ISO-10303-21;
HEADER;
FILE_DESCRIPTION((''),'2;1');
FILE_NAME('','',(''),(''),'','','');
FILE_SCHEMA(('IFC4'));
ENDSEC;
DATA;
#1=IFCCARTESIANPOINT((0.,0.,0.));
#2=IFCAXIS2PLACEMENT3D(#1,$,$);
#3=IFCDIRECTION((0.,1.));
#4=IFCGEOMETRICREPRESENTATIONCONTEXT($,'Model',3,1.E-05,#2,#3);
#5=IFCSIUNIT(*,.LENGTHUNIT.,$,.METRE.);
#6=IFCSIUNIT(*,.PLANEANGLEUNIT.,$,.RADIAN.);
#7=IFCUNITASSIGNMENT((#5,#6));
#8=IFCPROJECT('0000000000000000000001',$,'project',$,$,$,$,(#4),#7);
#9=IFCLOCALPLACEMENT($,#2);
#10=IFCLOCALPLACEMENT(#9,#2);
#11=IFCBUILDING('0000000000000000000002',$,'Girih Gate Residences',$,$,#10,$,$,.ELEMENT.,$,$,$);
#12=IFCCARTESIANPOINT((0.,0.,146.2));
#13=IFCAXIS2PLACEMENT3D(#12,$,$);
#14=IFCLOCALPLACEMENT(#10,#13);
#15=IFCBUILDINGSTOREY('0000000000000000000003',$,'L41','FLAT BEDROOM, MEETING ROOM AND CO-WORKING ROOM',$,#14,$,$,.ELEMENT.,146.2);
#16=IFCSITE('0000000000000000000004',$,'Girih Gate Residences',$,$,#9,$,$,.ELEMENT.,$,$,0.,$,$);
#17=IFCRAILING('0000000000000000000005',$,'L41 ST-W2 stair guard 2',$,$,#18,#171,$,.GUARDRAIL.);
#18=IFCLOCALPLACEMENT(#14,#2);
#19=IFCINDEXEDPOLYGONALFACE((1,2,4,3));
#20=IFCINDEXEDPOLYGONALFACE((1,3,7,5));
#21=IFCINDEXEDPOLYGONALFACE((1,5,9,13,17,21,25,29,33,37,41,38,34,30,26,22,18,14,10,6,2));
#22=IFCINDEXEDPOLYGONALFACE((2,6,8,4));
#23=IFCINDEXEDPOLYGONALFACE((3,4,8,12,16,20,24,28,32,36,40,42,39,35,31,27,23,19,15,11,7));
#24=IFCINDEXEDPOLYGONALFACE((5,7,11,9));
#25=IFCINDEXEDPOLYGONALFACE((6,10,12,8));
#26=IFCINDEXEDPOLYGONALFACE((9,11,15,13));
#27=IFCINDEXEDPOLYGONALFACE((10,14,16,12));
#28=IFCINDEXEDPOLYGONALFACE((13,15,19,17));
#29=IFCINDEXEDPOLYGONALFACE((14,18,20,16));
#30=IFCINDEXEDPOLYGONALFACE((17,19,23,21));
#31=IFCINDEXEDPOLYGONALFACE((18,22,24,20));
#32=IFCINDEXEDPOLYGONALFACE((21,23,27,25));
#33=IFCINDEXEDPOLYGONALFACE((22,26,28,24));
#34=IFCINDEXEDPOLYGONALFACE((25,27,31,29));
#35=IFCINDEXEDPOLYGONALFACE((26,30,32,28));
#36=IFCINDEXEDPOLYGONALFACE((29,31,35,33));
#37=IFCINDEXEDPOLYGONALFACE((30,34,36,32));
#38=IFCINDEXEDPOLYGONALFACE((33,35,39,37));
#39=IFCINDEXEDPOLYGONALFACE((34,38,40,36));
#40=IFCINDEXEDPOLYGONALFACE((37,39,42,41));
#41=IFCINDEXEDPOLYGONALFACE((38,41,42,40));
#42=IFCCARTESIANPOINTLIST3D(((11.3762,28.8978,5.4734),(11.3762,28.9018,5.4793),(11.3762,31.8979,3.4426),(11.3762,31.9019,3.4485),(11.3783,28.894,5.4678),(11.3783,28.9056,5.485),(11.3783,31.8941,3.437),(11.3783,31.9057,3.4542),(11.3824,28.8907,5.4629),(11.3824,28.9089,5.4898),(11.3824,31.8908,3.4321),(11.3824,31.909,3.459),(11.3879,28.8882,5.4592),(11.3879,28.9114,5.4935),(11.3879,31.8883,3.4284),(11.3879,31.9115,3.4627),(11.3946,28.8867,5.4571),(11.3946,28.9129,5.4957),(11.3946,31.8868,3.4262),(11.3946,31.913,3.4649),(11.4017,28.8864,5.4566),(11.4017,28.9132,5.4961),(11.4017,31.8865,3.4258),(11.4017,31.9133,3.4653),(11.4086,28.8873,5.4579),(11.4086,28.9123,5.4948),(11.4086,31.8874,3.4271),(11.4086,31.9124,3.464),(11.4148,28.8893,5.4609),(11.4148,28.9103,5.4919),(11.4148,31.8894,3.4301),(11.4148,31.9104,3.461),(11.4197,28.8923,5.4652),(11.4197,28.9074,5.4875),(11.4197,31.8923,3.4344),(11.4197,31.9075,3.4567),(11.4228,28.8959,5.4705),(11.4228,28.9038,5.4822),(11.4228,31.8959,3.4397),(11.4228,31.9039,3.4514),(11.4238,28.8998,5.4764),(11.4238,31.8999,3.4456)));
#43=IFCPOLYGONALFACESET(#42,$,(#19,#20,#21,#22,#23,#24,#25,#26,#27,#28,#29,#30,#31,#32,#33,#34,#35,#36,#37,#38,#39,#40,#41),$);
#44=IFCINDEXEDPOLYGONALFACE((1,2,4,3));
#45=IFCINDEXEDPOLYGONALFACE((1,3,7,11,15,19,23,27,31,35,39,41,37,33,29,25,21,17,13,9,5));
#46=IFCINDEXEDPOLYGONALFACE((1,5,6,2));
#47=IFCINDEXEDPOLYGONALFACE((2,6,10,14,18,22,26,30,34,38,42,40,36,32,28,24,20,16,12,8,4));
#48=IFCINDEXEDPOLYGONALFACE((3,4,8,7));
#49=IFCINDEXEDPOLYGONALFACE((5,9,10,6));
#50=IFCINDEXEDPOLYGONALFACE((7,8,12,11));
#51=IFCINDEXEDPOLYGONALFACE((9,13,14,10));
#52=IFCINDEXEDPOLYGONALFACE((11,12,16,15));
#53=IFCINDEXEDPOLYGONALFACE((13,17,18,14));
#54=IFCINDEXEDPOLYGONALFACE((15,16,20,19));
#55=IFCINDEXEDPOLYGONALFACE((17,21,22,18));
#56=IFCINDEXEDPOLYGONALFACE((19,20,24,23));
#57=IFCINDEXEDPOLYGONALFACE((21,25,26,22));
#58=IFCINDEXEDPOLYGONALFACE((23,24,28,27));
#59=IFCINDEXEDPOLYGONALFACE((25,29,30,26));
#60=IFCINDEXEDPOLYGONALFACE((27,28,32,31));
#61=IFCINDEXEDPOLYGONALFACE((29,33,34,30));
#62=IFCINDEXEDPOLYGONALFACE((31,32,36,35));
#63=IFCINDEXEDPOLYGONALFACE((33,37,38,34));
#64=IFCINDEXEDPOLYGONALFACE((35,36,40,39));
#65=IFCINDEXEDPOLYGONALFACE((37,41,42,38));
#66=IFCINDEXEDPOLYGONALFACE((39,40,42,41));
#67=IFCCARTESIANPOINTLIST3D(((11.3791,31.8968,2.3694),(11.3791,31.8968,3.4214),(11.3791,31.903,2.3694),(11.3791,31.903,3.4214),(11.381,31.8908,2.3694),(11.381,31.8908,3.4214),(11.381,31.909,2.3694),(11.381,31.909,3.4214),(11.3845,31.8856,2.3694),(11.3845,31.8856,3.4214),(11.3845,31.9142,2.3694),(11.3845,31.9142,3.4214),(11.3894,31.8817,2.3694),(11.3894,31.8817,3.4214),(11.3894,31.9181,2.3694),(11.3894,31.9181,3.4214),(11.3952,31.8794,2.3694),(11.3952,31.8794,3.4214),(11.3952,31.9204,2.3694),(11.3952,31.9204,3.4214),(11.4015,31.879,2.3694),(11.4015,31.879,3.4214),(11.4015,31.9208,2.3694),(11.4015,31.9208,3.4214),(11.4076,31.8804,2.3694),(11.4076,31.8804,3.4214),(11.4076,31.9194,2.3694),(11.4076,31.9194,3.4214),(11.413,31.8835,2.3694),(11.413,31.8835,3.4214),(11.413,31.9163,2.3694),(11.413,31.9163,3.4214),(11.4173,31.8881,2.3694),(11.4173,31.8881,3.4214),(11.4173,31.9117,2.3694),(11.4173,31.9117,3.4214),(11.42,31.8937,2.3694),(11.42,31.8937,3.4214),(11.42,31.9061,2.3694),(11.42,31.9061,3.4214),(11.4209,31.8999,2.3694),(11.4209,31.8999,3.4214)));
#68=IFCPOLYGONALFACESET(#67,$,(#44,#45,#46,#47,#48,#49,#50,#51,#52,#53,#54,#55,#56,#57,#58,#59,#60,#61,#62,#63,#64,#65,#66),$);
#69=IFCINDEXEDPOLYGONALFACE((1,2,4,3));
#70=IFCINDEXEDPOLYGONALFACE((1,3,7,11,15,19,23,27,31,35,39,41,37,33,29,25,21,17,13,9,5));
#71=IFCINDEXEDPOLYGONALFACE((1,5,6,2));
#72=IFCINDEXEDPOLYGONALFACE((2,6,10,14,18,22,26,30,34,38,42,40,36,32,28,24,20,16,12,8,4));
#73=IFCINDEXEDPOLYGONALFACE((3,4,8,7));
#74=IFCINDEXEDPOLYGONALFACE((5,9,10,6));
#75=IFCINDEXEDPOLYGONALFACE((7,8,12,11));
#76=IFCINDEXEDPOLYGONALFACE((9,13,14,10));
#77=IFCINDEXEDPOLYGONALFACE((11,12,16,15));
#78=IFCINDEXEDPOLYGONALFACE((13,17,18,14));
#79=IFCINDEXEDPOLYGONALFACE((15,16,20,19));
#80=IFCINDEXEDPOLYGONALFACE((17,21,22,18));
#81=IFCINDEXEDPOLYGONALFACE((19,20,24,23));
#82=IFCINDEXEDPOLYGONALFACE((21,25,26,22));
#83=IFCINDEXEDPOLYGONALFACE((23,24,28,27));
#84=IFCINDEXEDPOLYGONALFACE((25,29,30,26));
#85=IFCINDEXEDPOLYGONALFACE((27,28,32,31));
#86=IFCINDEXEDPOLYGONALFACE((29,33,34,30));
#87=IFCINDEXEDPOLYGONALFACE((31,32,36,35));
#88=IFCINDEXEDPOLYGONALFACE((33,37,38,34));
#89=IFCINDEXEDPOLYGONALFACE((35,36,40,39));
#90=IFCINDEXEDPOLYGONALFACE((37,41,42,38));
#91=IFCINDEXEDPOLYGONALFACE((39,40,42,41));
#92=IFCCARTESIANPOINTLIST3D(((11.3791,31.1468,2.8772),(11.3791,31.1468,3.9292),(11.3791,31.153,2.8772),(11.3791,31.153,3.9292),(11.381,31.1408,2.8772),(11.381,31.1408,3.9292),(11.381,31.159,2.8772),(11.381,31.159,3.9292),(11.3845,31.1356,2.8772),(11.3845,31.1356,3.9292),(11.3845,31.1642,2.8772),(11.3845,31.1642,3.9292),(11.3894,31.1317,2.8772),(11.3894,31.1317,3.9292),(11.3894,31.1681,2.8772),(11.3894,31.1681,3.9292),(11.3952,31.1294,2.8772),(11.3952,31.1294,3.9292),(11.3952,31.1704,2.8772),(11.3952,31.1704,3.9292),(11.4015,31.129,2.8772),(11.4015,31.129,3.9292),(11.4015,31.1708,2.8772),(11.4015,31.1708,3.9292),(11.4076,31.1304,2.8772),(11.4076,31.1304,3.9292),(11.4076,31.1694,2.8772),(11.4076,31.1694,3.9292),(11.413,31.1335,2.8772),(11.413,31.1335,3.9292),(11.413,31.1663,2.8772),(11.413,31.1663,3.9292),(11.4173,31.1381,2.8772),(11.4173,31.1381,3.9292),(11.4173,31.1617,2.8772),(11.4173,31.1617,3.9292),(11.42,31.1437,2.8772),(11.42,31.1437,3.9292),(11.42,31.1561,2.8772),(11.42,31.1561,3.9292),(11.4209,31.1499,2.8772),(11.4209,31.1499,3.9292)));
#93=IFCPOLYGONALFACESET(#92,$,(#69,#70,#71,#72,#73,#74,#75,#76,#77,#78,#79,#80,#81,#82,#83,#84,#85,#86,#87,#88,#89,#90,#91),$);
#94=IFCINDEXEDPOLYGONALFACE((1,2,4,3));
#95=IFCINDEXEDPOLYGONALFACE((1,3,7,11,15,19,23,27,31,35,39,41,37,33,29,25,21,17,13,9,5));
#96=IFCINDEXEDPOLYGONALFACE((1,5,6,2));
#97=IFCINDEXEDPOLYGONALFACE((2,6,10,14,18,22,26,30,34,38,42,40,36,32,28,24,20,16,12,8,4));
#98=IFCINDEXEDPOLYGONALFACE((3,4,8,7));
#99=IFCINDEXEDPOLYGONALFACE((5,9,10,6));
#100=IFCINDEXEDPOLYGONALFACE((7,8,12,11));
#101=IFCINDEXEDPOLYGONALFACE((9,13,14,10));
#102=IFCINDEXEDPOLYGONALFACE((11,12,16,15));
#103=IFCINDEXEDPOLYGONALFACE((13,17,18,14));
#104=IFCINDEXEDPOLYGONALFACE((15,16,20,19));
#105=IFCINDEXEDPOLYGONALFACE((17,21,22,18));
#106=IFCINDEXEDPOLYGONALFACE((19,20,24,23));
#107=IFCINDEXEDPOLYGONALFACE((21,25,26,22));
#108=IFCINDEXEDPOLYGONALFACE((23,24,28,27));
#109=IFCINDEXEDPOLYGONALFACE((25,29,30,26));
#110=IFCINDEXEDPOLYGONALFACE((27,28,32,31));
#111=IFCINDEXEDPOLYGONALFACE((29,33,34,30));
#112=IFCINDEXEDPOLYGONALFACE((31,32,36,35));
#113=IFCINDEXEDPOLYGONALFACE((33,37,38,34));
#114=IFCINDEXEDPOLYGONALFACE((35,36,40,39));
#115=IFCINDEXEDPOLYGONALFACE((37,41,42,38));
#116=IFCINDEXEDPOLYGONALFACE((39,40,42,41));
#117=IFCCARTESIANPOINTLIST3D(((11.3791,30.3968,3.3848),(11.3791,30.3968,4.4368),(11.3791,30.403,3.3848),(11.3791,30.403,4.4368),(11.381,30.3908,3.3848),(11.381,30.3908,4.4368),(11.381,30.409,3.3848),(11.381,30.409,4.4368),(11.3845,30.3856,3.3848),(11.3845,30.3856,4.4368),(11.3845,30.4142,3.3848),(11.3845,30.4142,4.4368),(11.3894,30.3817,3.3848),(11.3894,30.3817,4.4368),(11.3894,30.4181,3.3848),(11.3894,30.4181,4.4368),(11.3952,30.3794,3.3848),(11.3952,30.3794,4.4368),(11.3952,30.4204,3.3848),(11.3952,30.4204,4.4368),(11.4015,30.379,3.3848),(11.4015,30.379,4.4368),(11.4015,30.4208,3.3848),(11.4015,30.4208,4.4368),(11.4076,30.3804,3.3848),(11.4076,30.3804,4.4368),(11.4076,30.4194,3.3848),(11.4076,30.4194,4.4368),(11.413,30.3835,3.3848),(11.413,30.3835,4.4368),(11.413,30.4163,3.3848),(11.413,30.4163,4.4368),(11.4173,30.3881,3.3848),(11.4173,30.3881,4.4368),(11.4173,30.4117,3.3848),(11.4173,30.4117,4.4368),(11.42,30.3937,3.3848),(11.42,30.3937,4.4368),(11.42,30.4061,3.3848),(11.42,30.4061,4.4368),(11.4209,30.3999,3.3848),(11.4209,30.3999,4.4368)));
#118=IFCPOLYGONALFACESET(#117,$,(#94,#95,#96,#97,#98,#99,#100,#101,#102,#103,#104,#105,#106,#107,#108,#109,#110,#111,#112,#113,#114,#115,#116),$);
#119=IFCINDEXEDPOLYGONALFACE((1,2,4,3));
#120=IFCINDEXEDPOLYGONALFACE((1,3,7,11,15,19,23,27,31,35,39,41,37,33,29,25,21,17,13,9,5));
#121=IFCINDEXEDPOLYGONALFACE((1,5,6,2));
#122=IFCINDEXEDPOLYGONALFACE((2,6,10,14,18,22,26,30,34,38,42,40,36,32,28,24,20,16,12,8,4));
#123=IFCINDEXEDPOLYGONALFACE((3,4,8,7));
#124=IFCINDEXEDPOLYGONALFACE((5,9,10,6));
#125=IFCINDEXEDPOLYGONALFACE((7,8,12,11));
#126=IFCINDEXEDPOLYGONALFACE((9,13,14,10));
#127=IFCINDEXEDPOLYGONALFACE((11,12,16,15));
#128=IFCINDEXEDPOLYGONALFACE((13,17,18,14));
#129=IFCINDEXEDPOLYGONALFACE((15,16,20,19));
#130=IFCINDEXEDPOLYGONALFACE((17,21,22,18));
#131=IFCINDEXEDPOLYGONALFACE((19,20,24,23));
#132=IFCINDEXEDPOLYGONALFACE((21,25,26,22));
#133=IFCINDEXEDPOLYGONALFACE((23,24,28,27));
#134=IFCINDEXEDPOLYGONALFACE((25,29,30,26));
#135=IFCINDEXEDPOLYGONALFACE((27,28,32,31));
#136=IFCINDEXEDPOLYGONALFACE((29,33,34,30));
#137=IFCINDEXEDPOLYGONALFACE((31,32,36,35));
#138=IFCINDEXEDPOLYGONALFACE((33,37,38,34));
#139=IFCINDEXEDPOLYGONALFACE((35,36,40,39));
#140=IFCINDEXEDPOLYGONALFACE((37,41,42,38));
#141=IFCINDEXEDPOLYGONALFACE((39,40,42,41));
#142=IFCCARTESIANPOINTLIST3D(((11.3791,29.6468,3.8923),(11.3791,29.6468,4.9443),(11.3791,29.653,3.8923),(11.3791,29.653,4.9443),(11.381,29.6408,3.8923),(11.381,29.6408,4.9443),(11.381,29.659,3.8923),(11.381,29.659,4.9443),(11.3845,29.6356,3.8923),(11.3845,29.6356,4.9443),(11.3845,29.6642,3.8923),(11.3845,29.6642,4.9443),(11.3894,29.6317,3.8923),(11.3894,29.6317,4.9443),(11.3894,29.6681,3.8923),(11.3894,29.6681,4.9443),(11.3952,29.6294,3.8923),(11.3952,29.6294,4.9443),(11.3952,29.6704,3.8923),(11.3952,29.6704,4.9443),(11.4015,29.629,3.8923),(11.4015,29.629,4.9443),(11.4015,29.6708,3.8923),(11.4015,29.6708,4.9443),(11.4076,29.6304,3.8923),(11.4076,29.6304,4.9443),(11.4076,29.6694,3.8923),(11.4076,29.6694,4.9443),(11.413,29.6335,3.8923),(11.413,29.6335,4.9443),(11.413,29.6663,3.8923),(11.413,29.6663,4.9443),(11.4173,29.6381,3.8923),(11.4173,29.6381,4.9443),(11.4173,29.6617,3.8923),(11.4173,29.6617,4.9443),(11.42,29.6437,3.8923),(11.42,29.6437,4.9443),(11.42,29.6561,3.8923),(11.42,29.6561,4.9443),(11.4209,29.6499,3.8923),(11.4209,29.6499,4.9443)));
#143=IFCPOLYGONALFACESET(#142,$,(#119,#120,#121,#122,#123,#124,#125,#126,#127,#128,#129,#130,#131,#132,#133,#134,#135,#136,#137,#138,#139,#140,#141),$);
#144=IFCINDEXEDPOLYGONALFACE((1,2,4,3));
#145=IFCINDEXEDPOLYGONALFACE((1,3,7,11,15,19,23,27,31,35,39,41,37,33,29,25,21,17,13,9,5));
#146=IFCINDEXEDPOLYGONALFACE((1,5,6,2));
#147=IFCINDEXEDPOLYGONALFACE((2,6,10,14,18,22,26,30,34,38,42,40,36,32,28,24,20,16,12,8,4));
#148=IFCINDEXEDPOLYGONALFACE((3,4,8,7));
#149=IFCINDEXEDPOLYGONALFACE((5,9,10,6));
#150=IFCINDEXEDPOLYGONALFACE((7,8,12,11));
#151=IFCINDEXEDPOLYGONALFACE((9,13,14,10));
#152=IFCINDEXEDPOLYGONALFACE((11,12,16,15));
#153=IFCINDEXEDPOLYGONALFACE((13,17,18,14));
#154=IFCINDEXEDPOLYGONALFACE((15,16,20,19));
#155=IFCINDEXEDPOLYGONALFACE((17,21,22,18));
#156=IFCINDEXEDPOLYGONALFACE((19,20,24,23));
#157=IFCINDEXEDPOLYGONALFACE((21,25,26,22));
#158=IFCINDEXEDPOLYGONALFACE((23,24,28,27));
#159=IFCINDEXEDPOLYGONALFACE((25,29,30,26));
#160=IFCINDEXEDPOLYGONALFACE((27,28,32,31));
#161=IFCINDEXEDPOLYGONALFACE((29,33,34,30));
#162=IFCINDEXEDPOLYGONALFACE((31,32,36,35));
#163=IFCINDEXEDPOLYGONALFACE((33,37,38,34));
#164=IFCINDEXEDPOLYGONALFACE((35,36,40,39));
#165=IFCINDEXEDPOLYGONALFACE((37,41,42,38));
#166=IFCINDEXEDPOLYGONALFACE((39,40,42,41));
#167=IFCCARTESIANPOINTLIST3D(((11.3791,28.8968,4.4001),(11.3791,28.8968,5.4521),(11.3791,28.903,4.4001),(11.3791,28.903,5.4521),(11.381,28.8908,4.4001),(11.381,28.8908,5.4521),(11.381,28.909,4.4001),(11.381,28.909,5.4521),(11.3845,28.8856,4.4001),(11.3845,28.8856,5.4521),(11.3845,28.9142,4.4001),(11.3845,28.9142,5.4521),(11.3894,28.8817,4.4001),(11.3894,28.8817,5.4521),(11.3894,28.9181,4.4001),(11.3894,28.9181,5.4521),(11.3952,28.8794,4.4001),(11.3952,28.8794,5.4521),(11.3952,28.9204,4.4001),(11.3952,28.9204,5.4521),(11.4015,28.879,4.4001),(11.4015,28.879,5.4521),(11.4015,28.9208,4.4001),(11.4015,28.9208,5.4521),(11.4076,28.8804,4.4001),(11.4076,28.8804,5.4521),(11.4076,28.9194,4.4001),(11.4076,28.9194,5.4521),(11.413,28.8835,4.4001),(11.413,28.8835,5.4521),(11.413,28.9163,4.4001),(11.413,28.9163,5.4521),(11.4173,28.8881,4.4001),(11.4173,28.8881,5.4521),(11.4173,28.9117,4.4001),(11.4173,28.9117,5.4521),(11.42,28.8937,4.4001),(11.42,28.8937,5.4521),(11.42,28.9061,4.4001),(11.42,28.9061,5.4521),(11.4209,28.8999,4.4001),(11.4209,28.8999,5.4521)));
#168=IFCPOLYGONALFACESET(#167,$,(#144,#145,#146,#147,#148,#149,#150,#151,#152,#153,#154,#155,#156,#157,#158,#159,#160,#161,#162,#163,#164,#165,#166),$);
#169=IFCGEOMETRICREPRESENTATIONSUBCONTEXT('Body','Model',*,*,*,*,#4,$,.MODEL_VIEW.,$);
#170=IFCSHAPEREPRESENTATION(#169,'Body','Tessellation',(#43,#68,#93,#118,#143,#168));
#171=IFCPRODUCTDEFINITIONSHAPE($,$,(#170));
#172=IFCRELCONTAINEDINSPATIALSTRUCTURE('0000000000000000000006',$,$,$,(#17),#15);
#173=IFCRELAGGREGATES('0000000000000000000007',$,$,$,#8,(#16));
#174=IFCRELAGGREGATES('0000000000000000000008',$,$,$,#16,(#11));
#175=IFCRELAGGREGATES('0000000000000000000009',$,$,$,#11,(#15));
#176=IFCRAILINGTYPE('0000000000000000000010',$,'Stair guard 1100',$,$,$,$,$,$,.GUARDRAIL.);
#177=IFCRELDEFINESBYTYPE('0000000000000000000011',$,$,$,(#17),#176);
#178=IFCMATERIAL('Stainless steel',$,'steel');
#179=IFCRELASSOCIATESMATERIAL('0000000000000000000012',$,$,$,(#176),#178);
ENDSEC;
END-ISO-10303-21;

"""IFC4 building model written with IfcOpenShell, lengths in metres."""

from ifc_helpers import new_model, si_unit, direction, frame, origin, origin_2d, place, context, subcontext, project, spatial, circle, extrude, material, type_object, element, save


model = new_model("IFC4")

# Units and contexts
model_context = context("Model", 3, precision=1e-05, world=origin(), true_north=direction((0.0, 1.0)))
body_context = subcontext(model_context, "Body", "Model", "MODEL_VIEW")
ifc_project = project(units=[si_unit("LENGTHUNIT", "METRE"), si_unit("PLANEANGLEUNIT", "RADIAN")], contexts=[model_context])

# Site, building, storey
site_placement = place(None, origin())
site = spatial("IfcSite", under=ifc_project, at=site_placement, Name="Girih Gate Residences", CompositionType="ELEMENT", RefElevation=0.0)
building_placement = place(site_placement, origin())
building = spatial("IfcBuilding", under=site, at=building_placement, Name="Girih Gate Residences", CompositionType="ELEMENT")
storey_placement = place(building_placement, frame((0.0, 0.0, 146.2)))
storey = spatial("IfcBuildingStorey", under=building, at=storey_placement, Name="L41", Description="FLAT BEDROOM, MEETING ROOM AND CO-WORKING ROOM", CompositionType="ELEMENT", Elevation=146.2)

# Railing
ifc_material_1 = material(Name="Stainless steel", Category="steel")
railing_type_1 = type_object("IfcRailingType", Name="Stair guard 1100", PredefinedType="GUARDRAIL", material=ifc_material_1)
railing_1_placement = place(storey_placement, frame((11.3999, 31.8999, 2.3694)))
element("IfcRailing", 1, at=railing_1_placement, inside=storey, type_object=railing_type_1, Name="L41 ST-W2 stair guard 2", PredefinedType="GUARDRAIL", context=body_context, shape_type="SweptSolid", body=[
    extrude(circle(Radius=0.0239, at=origin_2d()), frame((0.0, 0.0, 1.0762), z_axis=(0.0, -0.82811, 0.560565), x_axis=(1.0, 0.0, 0.0)), (0.0, 0.0, 1.0), 3.6228),
    extrude(circle(Radius=0.021, at=origin_2d()), origin(), (0.0, 0.0, 1.0), 1.052),
    extrude(circle(Radius=0.021, at=origin_2d()), frame((0.0, -0.75, 0.5078)), (0.0, 0.0, 1.0), 1.052),
    extrude(circle(Radius=0.021, at=origin_2d()), frame((0.0, -1.5, 1.0154)), (0.0, 0.0, 1.0), 1.052),
    extrude(circle(Radius=0.021, at=origin_2d()), frame((0.0, -2.25, 1.5229)), (0.0, 0.0, 1.0), 1.052),
    extrude(circle(Radius=0.021, at=origin_2d()), frame((0.0, -3.0, 2.0308)), (0.0, 0.0, 1.0), 1.052),
])

save(model, "model.ifc")
